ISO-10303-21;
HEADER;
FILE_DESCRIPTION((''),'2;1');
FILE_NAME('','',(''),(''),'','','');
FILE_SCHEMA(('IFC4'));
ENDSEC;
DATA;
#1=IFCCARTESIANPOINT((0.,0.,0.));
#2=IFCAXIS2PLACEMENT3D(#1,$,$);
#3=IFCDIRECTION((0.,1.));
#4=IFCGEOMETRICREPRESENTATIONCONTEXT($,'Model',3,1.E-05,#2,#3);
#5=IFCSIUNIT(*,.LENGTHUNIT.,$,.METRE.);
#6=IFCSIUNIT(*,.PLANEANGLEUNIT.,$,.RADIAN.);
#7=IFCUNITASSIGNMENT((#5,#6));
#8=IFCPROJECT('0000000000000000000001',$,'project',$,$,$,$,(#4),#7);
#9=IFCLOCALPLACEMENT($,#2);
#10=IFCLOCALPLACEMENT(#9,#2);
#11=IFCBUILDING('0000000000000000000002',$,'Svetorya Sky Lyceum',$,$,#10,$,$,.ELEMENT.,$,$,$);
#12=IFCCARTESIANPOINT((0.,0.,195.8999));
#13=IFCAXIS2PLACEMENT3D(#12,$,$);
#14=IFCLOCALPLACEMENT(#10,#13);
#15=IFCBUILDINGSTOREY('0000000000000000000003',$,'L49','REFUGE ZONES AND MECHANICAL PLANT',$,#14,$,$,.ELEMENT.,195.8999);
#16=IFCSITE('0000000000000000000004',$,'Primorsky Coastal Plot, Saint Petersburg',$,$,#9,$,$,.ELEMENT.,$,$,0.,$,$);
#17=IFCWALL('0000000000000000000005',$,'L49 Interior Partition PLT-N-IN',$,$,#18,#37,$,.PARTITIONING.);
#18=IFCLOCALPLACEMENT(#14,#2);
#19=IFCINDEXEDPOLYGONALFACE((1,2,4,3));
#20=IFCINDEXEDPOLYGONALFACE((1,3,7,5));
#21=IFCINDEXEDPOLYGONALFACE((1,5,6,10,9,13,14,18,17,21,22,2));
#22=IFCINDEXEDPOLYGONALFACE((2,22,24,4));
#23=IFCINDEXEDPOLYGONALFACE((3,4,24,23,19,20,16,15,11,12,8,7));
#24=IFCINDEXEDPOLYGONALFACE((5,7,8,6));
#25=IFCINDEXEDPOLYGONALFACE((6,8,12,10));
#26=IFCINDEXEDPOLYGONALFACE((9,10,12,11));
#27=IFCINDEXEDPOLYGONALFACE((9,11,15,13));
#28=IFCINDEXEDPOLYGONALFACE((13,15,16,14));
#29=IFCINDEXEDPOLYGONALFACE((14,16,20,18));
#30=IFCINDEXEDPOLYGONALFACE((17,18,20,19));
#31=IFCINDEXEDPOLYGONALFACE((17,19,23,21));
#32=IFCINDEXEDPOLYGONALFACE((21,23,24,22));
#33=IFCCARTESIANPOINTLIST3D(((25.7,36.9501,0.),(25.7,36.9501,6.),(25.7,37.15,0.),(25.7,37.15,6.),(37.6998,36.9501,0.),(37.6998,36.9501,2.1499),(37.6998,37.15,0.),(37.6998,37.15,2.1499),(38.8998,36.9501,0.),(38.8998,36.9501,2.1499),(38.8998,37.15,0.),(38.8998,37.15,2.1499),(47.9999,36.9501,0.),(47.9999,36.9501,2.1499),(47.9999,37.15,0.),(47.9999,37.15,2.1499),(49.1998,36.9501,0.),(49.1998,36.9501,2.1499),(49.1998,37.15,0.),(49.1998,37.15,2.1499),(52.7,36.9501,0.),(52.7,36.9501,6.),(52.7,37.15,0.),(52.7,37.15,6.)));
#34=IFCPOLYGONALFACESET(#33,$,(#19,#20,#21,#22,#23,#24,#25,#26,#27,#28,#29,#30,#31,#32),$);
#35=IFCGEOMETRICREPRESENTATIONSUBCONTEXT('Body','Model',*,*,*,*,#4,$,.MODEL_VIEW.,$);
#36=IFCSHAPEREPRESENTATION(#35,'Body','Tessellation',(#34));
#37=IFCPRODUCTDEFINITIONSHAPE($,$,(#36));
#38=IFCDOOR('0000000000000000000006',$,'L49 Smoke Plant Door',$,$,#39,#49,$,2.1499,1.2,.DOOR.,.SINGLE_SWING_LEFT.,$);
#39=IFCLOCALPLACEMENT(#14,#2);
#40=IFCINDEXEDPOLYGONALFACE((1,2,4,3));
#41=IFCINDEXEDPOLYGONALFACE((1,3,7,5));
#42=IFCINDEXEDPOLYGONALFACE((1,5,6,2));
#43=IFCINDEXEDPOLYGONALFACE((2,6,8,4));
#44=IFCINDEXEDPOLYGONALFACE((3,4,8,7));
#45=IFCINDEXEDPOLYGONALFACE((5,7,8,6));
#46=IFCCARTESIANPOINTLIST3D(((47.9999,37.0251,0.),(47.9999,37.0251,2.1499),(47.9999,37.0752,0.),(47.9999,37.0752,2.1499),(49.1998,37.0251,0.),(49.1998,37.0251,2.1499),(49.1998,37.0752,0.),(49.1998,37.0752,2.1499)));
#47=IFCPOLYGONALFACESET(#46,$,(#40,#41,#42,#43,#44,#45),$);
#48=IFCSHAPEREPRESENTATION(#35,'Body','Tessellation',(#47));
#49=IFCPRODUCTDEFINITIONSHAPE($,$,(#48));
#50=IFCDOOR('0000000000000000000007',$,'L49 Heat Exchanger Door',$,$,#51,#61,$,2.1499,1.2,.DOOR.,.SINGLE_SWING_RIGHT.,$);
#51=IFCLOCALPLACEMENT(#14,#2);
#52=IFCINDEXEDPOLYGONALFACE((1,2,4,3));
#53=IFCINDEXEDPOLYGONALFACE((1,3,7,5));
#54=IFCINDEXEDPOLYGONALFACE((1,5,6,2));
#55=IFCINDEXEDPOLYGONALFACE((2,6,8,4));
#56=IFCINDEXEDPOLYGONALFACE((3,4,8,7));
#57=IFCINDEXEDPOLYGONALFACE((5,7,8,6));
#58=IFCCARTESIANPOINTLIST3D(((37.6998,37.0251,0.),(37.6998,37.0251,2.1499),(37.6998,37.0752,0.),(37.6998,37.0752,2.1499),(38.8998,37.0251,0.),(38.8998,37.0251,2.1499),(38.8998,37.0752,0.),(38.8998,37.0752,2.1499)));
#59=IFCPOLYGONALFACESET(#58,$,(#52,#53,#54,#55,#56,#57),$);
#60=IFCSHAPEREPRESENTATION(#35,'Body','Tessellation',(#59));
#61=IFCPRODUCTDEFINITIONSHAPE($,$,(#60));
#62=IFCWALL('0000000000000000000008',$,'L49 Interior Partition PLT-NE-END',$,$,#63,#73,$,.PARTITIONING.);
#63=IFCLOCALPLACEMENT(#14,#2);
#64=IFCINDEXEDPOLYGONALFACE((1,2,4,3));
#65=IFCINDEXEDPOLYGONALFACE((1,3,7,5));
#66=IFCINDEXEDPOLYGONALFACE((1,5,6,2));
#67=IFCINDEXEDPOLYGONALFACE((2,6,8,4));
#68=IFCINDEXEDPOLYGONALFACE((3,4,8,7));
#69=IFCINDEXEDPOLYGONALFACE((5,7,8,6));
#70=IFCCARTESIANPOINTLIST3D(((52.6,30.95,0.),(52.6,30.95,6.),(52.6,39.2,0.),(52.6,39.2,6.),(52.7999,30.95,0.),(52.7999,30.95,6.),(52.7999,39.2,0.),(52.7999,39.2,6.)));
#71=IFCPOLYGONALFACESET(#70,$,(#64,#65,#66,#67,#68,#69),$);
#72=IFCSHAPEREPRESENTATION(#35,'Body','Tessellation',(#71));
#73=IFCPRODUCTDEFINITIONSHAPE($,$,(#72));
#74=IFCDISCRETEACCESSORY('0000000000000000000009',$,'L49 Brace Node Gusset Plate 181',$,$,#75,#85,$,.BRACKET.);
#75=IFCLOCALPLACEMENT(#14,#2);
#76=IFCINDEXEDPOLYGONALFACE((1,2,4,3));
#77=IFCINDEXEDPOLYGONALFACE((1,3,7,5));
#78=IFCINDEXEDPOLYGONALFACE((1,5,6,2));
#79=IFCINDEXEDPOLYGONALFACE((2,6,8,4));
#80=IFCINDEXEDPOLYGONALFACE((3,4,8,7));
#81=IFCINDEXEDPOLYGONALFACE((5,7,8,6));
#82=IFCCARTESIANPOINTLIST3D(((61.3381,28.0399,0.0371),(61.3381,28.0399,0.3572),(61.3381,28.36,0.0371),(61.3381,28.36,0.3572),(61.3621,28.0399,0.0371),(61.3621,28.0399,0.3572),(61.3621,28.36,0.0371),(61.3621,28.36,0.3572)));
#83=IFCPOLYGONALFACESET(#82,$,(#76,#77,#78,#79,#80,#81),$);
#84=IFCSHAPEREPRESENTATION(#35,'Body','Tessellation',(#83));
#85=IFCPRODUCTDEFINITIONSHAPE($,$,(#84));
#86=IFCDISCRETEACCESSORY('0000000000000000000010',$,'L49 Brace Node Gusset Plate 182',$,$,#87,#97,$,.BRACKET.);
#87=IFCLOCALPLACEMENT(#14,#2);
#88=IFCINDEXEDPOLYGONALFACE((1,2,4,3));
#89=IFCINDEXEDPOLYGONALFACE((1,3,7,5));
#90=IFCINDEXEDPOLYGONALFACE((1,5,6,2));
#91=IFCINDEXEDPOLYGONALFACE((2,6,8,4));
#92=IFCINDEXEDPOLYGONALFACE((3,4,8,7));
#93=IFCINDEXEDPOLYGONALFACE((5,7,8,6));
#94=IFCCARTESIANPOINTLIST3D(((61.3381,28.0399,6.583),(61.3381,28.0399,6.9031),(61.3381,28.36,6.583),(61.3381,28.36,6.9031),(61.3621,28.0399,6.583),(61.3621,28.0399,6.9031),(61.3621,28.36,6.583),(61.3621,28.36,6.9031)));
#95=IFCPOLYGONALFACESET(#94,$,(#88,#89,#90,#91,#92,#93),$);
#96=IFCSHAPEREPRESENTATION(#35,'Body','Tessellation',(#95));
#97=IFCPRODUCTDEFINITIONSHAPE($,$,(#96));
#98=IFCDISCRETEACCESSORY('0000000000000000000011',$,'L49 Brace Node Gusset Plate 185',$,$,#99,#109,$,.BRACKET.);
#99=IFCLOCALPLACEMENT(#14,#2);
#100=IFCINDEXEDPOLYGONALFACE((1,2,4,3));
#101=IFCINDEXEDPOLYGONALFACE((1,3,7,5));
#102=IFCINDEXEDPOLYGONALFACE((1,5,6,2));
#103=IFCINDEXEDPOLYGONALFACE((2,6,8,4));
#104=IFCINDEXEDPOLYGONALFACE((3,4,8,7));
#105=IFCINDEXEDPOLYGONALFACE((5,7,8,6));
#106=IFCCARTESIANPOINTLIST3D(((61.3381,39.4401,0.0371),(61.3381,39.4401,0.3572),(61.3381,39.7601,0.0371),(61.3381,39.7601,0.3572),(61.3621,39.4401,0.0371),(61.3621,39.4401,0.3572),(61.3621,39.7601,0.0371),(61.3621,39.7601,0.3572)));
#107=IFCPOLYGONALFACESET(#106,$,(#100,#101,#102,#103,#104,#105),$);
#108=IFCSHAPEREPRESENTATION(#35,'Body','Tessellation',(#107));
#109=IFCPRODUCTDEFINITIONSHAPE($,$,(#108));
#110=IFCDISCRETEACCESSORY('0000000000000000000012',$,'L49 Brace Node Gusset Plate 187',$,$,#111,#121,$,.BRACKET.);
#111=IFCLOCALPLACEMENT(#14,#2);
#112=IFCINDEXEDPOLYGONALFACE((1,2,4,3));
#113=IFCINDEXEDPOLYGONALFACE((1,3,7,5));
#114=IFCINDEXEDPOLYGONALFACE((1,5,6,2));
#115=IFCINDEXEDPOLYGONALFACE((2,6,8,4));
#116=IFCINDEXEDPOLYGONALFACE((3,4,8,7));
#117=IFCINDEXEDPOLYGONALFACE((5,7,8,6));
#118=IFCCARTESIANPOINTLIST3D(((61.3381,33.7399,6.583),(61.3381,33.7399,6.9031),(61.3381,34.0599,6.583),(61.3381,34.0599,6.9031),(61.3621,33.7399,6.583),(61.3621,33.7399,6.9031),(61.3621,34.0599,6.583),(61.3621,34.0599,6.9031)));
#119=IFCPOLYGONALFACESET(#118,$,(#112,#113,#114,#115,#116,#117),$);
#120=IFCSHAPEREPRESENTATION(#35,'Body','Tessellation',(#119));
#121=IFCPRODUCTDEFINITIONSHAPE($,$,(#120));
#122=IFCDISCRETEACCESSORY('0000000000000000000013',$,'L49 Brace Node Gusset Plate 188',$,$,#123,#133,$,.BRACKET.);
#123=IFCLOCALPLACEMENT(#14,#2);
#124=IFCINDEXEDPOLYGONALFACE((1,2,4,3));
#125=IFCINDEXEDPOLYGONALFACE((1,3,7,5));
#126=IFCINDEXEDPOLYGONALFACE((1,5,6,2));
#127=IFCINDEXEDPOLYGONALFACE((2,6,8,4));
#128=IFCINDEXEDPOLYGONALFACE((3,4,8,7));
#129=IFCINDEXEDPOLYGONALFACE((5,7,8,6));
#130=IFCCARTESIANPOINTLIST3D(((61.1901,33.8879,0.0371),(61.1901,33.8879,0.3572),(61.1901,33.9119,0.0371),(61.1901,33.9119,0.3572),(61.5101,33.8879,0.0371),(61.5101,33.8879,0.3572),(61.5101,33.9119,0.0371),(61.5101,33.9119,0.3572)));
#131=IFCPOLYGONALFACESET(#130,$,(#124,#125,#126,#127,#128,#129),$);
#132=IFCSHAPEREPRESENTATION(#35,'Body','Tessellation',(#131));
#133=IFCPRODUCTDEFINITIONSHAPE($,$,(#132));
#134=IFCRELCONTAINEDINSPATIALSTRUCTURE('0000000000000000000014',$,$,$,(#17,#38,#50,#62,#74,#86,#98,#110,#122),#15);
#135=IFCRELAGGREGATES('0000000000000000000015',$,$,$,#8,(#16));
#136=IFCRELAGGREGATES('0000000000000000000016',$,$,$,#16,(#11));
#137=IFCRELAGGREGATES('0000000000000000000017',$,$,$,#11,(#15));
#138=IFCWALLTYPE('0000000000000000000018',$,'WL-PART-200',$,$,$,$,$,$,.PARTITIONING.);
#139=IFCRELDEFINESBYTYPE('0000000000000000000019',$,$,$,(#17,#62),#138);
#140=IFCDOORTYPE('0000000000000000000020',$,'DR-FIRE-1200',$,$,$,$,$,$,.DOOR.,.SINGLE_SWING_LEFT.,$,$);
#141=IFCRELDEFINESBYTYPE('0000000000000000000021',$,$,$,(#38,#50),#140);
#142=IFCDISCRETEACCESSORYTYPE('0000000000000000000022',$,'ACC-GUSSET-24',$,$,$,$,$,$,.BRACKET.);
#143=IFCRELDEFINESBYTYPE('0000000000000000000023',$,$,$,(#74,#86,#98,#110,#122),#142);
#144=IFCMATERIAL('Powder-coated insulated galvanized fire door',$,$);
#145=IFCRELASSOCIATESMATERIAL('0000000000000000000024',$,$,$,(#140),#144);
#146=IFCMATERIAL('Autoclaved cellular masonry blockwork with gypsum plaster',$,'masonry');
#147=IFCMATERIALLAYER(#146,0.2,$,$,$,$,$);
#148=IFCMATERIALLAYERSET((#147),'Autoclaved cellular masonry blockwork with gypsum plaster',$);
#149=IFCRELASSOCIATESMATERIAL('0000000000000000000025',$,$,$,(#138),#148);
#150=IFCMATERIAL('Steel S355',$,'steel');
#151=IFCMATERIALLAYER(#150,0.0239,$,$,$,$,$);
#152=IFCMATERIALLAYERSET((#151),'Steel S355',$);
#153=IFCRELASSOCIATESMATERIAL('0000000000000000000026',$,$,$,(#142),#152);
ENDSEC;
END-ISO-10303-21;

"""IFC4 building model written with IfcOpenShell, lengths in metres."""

from ifc_helpers import new_model, si_unit, direction, frame, frame_2d, origin, origin_2d, place, context, subcontext, project, spatial, rectangle, extrude, material, layer, layer_set, type_object, element, fill, save


model = new_model("IFC4")

# Units and contexts
model_context = context("Model", 3, precision=1e-05, world=origin(), true_north=direction((0.0, 1.0)))
body_context = subcontext(model_context, "Body", "Model", "MODEL_VIEW")
ifc_project = project(units=[si_unit("LENGTHUNIT", "METRE"), si_unit("PLANEANGLEUNIT", "RADIAN")], contexts=[model_context])

# Site, building, storey
site_placement = place(None, origin())
site = spatial("IfcSite", under=ifc_project, at=site_placement, Name="Primorsky Coastal Plot, Saint Petersburg", CompositionType="ELEMENT", RefElevation=0.0)
building_placement = place(site_placement, origin())
building = spatial("IfcBuilding", under=site, at=building_placement, Name="Svetorya Sky Lyceum", CompositionType="ELEMENT")
storey_placement = place(building_placement, frame((0.0, 0.0, 195.8999)))
storey = spatial("IfcBuildingStorey", under=building, at=storey_placement, Name="L49", Description="REFUGE ZONES AND MECHANICAL PLANT", CompositionType="ELEMENT", Elevation=195.8999)

# Shared definitions
ifc_material_1 = material(Name="Steel S355", Category="steel")

# Shared definitions
ifc_material_2 = material(Name="Powder-coated insulated galvanized fire door")
door_type_1 = type_object("IfcDoorType", Name="DR-FIRE-1200", OperationType="SINGLE_SWING_LEFT", PredefinedType="DOOR", material=ifc_material_2)

# Wall, openings, doors
ifc_material_3 = material(Name="Autoclaved cellular masonry blockwork with gypsum plaster", Category="masonry")
ifc_layer_1 = layer(ifc_material_3, 0.2)
ifc_layer_set_1 = layer_set([ifc_layer_1], Name="Autoclaved cellular masonry blockwork with gypsum plaster")
wall_type_1 = type_object("IfcWallType", Name="WL-PART-200", PredefinedType="PARTITIONING", material=ifc_layer_set_1)
wall_1_placement = place(storey_placement, frame((52.7, 37.05, 0.0), z_axis=(0.0, 0.0, 1.0), x_axis=(-1.0, 0.0, 0.0)))
wall_1 = element("IfcWall", 1, at=wall_1_placement, inside=storey, type_object=wall_type_1, Name="L49 Interior Partition PLT-N-IN", PredefinedType="PARTITIONING", context=body_context, shape_type="SweptSolid", body=[
    extrude(rectangle(XDim=27.0, YDim=0.2, at=frame_2d((13.5, 0.0))), origin(), (0.0, 0.0, 1.0), 6.0),
])
opening_1_placement = place(wall_1_placement, frame((3.5, 0.0, 0.0)))
opening_1 = element("IfcOpeningElement", 2, at=opening_1_placement, cuts=wall_1, PredefinedType="OPENING", context=body_context, shape_type="SweptSolid", body=[
    extrude(rectangle(XDim=1.2, YDim=2.1499, at=frame_2d((0.6001, 1.075))), frame((0.0, 0.1099, 0.0), z_axis=(0.0, -1.0, 0.0), x_axis=(1.0, 0.0, 0.0)), (0.0, 0.0, 1.0), 0.22),
])
opening_2_placement = place(wall_1_placement, frame((13.8, 0.0, 0.0)))
opening_2 = element("IfcOpeningElement", 3, at=opening_2_placement, cuts=wall_1, PredefinedType="OPENING", context=body_context, shape_type="SweptSolid", body=[
    extrude(rectangle(XDim=1.2, YDim=2.1499, at=frame_2d((0.6001, 1.075))), frame((0.0, 0.1099, 0.0), z_axis=(0.0, -1.0, 0.0), x_axis=(1.0, 0.0, 0.0)), (0.0, 0.0, 1.0), 0.22),
])
door_1_placement = place(opening_1_placement, origin())
door_1 = element("IfcDoor", 4, at=door_1_placement, inside=storey, type_object=door_type_1, Name="L49 Smoke Plant Door", OperationType="SINGLE_SWING_LEFT", OverallHeight=2.1499, OverallWidth=1.2, PredefinedType="DOOR", context=body_context, shape_type="SweptSolid", body=[
    extrude(rectangle(XDim=1.2, YDim=2.1499, at=frame_2d((0.6001, 1.075))), frame((0.0, 0.0249, 0.0), z_axis=(0.0, -1.0, 0.0), x_axis=(1.0, 0.0, 0.0)), (0.0, 0.0, 1.0), 0.05),
])
fill(opening_1, door_1)
door_2_placement = place(opening_2_placement, origin())
door_2 = element("IfcDoor", 5, at=door_2_placement, inside=storey, type_object=door_type_1, Name="L49 Heat Exchanger Door", OperationType="SINGLE_SWING_RIGHT", OverallHeight=2.1499, OverallWidth=1.2, PredefinedType="DOOR", context=body_context, shape_type="SweptSolid", body=[
    extrude(rectangle(XDim=1.2, YDim=2.1499, at=frame_2d((0.6001, 1.075))), frame((0.0, 0.0249, 0.0), z_axis=(0.0, -1.0, 0.0), x_axis=(1.0, 0.0, 0.0)), (0.0, 0.0, 1.0), 0.05),
])
fill(opening_2, door_2)

# Wall
wall_2_placement = place(storey_placement, frame((52.7, 30.95, 0.0), z_axis=(0.0, 0.0, 1.0), x_axis=(0.0, 1.0, 0.0)))
element("IfcWall", 6, at=wall_2_placement, inside=storey, type_object=wall_type_1, Name="L49 Interior Partition PLT-NE-END", PredefinedType="PARTITIONING", context=body_context, shape_type="SweptSolid", body=[
    extrude(rectangle(XDim=8.25, YDim=0.2, at=frame_2d((4.125, 0.0))), origin(), (0.0, 0.0, 1.0), 6.0),
])

# Discrete accessories
ifc_layer_2 = layer(ifc_material_1, 0.0239)
ifc_layer_set_2 = layer_set([ifc_layer_2], Name="Steel S355")
discrete_accessory_type = type_object("IfcDiscreteAccessoryType", Name="ACC-GUSSET-24", PredefinedType="BRACKET", material=ifc_layer_set_2)
for number, where, z_axis, x_axis, name in (
    (7, (61.3501, 28.2, 0.0371), (0.0, 0.0, 1.0), (1.0, 0.0, 0.0), "L49 Brace Node Gusset Plate 181"),
    (8, (61.3501, 28.2, 6.583), (0.0, 0.0, 1.0), (1.0, 0.0, 0.0), "L49 Brace Node Gusset Plate 182"),
    (9, (61.3501, 39.6001, 0.0371), (0.0, 0.0, 1.0), (1.0, 0.0, 0.0), "L49 Brace Node Gusset Plate 185"),
    (10, (61.3501, 33.8999, 6.583), (0.0, 0.0, 1.0), (1.0, 0.0, 0.0), "L49 Brace Node Gusset Plate 187"),
):
    element("IfcDiscreteAccessory", number, at=place(storey_placement, frame(where, z_axis=z_axis, x_axis=x_axis)), inside=storey, type_object=discrete_accessory_type, Name=name, PredefinedType="BRACKET", context=body_context, shape_type="SweptSolid", body=[
        extrude(rectangle(XDim=0.0239, YDim=0.3201, at=origin_2d()), origin(), (0.0, 0.0, 1.0), 0.3201),
    ])
discrete_accessory_placement = place(storey_placement, frame((61.3501, 33.8999, 0.0371), z_axis=(0.0, 0.0, 1.0), x_axis=(1.0, 0.0, 0.0)))
element("IfcDiscreteAccessory", 11, at=discrete_accessory_placement, inside=storey, type_object=discrete_accessory_type, Name="L49 Brace Node Gusset Plate 188", PredefinedType="BRACKET", context=body_context, shape_type="SweptSolid", body=[
    extrude(rectangle(XDim=0.3201, YDim=0.0239, at=origin_2d()), origin(), (0.0, 0.0, 1.0), 0.3201),
])

save(model, "model.ifc")
